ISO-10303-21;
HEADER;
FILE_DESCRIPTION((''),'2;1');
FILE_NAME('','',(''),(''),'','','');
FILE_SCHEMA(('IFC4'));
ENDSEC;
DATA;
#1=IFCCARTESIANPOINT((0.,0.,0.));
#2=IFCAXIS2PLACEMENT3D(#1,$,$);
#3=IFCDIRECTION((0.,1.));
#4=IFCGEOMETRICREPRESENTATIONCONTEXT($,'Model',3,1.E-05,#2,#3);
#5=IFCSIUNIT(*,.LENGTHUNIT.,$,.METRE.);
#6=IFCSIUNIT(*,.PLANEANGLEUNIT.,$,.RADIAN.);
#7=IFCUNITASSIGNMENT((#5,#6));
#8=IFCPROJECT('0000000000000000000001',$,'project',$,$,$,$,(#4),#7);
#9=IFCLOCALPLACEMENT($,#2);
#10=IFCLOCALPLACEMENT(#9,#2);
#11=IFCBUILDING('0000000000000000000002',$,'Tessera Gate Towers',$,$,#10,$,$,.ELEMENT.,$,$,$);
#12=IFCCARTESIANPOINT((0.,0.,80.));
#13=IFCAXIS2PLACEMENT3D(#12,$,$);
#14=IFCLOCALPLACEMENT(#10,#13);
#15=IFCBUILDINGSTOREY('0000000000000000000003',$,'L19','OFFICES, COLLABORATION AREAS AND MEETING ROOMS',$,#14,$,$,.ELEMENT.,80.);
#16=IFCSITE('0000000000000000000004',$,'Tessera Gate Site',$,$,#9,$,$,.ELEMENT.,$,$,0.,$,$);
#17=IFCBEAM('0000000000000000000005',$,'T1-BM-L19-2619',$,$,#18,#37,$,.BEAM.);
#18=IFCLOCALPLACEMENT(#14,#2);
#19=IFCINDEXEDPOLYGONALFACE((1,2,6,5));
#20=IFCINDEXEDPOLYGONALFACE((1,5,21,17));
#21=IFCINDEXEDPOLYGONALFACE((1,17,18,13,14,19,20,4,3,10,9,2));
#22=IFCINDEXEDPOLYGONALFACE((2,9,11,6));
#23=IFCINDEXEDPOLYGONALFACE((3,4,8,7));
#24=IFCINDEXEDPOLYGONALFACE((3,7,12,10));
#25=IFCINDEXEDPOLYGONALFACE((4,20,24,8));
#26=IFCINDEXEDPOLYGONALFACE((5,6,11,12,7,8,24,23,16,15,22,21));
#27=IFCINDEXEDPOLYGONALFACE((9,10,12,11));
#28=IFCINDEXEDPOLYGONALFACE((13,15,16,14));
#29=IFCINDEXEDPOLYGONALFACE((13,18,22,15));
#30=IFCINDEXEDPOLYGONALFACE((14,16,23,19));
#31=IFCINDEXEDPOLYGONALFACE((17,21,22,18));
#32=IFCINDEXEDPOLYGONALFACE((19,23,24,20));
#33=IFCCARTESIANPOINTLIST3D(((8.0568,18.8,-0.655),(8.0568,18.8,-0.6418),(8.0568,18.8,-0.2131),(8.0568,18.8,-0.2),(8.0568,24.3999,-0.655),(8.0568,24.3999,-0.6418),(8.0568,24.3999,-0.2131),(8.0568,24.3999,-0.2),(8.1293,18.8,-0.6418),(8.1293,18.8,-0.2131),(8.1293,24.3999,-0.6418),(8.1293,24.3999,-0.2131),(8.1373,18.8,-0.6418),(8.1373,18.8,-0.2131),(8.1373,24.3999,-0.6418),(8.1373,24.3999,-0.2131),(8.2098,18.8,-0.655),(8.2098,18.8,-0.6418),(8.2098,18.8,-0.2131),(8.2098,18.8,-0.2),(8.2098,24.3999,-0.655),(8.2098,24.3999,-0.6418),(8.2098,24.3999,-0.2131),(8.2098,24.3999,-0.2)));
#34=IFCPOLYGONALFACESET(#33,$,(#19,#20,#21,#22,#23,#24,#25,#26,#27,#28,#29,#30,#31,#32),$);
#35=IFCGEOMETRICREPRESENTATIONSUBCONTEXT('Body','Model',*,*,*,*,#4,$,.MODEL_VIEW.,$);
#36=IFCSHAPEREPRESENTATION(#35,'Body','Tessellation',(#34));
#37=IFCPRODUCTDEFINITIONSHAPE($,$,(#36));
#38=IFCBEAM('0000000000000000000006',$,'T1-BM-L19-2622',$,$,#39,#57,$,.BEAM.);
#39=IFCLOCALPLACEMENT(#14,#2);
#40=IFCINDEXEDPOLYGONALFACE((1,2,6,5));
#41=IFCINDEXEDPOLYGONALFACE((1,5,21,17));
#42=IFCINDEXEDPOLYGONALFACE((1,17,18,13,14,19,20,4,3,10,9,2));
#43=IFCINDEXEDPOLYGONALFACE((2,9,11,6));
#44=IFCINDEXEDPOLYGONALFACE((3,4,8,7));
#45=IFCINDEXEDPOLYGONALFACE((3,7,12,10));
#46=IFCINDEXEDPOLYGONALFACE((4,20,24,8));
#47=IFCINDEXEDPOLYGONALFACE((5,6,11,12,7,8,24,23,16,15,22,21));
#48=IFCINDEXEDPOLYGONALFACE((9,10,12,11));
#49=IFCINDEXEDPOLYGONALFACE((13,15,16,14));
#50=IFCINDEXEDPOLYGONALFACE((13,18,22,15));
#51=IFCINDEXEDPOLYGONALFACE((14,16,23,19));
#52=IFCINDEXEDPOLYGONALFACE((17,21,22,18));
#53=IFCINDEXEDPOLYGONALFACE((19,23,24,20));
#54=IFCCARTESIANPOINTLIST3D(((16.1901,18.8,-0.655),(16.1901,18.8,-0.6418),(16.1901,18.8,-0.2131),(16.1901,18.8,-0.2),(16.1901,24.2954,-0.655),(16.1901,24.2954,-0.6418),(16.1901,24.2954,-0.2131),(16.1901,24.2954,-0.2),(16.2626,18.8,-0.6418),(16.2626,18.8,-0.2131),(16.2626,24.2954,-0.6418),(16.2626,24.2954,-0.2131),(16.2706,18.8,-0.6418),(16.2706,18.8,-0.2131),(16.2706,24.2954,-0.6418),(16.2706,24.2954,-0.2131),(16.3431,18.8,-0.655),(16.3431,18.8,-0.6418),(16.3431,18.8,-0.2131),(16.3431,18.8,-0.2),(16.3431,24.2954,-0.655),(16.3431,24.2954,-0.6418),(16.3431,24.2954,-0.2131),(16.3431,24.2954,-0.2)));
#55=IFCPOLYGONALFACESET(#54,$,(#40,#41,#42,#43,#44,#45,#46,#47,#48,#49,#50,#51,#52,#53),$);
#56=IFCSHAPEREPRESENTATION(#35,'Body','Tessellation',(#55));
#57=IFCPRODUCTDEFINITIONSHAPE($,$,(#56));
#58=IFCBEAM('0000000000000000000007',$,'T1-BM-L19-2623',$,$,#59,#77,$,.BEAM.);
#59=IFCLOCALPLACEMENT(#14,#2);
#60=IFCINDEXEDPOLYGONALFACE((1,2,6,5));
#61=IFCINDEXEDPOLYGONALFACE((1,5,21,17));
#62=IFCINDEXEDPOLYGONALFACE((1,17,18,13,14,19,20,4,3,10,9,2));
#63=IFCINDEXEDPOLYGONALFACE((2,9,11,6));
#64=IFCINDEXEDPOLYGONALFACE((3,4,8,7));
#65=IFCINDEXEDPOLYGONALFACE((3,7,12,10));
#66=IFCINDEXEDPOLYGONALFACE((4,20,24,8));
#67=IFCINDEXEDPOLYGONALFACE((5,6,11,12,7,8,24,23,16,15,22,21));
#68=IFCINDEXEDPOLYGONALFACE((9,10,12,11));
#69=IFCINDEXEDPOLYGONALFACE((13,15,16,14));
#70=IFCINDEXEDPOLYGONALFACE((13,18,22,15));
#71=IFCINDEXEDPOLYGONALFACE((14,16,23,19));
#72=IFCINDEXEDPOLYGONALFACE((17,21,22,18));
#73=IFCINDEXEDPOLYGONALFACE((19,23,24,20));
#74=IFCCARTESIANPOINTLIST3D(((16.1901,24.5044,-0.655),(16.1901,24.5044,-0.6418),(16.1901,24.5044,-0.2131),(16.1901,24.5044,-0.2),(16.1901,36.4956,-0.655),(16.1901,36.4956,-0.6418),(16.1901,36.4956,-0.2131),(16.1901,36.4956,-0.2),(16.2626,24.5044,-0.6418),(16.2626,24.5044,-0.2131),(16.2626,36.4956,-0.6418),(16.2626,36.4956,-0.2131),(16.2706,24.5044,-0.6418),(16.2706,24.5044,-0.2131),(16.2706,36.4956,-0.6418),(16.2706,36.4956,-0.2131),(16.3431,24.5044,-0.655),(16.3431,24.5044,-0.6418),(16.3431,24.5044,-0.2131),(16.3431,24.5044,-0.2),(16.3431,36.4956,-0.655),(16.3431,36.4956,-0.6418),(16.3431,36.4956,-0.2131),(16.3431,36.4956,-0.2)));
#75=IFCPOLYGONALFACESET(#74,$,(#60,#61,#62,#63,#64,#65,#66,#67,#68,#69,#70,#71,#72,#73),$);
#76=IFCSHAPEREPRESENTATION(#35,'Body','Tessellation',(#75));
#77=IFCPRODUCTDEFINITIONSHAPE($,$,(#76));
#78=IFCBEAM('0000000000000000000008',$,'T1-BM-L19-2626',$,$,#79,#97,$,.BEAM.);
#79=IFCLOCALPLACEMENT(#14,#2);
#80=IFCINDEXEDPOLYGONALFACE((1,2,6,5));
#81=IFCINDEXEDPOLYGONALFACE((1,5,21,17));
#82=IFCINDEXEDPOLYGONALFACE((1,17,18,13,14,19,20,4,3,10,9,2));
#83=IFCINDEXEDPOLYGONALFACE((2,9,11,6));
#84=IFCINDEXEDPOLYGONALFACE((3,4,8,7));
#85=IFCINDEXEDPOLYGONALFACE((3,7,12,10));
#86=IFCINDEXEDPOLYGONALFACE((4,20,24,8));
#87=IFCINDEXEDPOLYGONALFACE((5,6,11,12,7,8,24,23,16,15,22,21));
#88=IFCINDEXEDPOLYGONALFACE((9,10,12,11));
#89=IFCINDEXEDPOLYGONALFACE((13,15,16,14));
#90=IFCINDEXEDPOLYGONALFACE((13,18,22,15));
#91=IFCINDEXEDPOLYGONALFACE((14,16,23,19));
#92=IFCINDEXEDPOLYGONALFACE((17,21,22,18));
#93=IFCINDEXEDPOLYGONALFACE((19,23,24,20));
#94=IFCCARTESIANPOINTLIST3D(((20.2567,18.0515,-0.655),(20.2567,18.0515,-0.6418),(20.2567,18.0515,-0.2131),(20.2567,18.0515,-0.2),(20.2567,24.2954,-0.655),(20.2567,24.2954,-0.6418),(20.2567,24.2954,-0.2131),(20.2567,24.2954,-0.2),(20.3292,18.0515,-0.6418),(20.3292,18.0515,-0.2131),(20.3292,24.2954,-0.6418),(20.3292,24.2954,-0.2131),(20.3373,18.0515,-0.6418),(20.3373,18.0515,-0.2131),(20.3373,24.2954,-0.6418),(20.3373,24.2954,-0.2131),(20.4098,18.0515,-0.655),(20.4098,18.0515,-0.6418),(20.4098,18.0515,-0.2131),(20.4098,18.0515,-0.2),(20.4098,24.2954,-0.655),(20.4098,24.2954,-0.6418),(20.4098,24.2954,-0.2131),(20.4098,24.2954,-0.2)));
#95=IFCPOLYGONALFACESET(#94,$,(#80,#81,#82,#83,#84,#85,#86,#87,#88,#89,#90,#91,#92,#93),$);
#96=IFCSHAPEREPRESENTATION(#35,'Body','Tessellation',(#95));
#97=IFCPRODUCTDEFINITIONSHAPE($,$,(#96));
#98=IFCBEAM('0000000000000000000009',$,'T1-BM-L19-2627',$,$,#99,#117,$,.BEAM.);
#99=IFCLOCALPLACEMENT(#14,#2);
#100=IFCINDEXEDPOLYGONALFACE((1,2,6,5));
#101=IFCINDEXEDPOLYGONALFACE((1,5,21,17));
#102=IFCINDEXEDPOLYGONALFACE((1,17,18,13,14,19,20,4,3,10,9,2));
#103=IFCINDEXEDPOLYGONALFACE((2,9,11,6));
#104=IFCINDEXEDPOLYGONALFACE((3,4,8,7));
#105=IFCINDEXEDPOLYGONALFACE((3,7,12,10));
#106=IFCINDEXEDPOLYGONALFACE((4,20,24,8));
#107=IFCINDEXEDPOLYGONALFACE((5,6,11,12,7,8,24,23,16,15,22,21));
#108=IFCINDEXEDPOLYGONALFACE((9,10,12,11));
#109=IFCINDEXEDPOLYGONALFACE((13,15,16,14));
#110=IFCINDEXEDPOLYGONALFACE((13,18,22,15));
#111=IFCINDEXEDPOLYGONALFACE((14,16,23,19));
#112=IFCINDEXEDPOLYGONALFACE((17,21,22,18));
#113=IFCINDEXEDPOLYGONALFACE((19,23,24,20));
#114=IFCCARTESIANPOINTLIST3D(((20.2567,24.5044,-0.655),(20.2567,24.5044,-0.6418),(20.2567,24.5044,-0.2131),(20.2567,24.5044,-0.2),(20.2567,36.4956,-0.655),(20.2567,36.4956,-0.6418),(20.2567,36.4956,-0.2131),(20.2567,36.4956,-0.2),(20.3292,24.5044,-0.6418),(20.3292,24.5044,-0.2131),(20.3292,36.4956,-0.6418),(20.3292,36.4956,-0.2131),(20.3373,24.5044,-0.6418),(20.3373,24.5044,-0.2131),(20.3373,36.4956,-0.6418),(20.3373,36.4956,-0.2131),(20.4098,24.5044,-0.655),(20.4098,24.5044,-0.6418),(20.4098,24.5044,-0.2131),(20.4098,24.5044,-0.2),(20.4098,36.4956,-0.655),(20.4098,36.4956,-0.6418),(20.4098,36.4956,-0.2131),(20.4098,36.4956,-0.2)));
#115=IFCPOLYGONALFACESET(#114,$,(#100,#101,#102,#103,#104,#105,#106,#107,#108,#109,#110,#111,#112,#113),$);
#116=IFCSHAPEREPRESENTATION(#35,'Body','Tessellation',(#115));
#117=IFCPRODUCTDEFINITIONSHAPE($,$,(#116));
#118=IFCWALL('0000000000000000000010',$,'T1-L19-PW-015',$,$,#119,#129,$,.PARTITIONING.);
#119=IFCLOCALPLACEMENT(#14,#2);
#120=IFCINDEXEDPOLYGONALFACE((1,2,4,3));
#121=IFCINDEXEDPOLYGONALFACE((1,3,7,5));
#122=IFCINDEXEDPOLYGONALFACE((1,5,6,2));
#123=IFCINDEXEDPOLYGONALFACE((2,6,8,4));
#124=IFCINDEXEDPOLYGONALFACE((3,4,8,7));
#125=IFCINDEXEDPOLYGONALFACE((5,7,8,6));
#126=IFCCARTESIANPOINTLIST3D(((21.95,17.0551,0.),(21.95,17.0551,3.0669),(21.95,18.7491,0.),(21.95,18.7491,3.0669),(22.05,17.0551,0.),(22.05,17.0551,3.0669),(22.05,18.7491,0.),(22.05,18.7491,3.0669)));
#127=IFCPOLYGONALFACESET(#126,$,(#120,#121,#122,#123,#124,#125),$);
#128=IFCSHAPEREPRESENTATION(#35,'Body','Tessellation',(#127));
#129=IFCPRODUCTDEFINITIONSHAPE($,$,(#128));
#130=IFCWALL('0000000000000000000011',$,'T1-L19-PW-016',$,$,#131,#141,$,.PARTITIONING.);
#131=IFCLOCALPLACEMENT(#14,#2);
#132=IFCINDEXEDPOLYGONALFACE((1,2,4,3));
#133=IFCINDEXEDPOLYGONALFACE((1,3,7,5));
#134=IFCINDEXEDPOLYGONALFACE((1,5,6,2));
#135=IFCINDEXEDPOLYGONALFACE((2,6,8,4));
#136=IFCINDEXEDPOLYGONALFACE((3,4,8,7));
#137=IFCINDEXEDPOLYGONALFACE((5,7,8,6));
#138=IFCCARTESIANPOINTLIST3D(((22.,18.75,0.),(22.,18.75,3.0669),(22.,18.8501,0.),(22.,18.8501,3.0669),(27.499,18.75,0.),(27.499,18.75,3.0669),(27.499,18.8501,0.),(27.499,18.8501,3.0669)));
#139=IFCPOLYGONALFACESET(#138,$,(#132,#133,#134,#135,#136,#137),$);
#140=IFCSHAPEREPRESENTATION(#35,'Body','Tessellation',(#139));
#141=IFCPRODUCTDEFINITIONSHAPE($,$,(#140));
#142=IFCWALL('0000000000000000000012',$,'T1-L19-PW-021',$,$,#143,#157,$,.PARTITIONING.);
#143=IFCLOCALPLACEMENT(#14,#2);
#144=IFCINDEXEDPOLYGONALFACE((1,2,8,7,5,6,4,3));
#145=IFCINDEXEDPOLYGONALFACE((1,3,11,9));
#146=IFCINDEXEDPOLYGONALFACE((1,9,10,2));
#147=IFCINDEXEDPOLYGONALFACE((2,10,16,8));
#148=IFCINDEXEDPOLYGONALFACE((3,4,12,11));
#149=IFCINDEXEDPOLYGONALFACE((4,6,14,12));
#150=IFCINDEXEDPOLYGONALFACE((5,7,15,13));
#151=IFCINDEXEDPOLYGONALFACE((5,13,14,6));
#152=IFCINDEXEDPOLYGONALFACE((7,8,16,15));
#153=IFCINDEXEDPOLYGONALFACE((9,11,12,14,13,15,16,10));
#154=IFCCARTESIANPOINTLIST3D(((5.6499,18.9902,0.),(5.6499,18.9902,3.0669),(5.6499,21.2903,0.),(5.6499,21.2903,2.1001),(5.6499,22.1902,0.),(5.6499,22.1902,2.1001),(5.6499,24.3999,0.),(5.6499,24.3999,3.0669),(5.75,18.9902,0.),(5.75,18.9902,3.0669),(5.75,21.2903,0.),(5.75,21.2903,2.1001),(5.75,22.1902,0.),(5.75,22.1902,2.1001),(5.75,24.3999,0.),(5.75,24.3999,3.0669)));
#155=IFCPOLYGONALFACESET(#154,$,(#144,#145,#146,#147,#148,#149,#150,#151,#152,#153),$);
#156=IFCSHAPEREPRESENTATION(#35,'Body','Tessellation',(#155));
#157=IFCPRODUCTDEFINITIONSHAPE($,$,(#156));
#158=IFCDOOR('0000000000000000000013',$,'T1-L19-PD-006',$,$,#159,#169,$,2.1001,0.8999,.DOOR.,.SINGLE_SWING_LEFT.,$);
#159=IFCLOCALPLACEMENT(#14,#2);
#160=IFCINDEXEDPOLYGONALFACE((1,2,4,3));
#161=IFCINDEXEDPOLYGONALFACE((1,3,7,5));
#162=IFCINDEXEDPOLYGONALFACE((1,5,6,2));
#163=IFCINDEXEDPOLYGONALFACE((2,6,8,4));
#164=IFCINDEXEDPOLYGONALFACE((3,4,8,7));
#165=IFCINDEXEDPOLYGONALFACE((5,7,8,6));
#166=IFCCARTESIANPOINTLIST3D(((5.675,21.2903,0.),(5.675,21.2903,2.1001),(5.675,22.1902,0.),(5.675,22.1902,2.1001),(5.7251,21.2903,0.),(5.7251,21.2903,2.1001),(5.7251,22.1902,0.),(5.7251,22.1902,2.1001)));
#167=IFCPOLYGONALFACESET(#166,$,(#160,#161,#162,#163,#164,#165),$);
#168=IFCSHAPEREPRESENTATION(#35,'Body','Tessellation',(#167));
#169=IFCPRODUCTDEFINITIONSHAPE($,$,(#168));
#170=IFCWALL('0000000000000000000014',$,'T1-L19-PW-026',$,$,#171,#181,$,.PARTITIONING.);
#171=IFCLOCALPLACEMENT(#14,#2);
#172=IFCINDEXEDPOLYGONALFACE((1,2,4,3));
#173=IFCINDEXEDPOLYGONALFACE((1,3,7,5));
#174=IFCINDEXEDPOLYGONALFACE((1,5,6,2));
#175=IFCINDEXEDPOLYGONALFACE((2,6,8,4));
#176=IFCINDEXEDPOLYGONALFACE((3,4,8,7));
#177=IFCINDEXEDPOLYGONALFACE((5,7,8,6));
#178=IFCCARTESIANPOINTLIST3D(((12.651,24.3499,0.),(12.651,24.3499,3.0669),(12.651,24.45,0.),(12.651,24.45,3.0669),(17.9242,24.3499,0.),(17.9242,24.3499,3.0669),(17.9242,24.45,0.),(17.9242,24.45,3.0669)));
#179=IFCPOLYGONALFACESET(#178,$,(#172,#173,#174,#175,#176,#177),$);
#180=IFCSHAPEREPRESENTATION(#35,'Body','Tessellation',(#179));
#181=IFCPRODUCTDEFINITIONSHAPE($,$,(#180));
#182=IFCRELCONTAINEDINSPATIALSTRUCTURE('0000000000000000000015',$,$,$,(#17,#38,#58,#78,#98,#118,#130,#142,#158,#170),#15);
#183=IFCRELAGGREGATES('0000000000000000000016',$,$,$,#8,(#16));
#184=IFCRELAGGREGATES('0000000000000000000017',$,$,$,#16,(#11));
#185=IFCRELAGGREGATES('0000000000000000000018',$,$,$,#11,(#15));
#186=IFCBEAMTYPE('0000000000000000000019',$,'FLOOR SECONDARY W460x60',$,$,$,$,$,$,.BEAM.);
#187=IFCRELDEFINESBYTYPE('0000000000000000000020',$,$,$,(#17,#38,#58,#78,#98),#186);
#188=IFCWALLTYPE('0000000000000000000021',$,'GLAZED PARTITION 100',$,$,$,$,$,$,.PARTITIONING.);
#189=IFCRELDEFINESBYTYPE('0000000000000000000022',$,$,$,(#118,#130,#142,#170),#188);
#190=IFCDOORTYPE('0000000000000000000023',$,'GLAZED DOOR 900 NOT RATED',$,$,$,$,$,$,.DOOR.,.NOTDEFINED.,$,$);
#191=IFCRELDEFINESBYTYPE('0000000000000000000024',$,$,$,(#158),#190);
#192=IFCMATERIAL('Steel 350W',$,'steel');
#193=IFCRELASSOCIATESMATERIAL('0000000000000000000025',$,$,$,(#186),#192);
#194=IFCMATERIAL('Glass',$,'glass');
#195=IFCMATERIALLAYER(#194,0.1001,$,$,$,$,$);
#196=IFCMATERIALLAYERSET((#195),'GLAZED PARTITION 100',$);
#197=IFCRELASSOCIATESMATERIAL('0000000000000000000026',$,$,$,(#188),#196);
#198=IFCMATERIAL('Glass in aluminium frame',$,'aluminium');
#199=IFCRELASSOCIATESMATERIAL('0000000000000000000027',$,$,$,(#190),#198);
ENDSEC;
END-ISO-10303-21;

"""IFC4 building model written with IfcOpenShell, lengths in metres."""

from ifc_helpers import new_model, si_unit, direction, frame, frame_2d, origin, origin_2d, place, context, subcontext, project, spatial, rectangle, i_section, extrude, source, transform, mapped, material, layer, layer_set, material_profile, profile_set, type_object, element, fill, save


model = new_model("IFC4")

# Units and contexts
model_context = context("Model", 3, precision=1e-05, world=origin(), true_north=direction((0.0, 1.0)))
body_context = subcontext(model_context, "Body", "Model", "MODEL_VIEW")
ifc_project = project(units=[si_unit("LENGTHUNIT", "METRE"), si_unit("PLANEANGLEUNIT", "RADIAN")], contexts=[model_context])

# Site, building, storey
site_placement = place(None, origin())
site = spatial("IfcSite", under=ifc_project, at=site_placement, Name="Tessera Gate Site", CompositionType="ELEMENT", RefElevation=0.0)
building_placement = place(site_placement, origin())
building = spatial("IfcBuilding", under=site, at=building_placement, Name="Tessera Gate Towers", CompositionType="ELEMENT")
storey_placement = place(building_placement, frame((0.0, 0.0, 80.0)))
storey = spatial("IfcBuildingStorey", under=building, at=storey_placement, Name="L19", Description="OFFICES, COLLABORATION AREAS AND MEETING ROOMS", CompositionType="ELEMENT", Elevation=80.0)

# Beams
ifc_material_1 = material(Name="Steel 350W", Category="steel")
ifc_material_profile_1 = material_profile(ifc_material_1, i_section(OverallWidth=0.1531, OverallDepth=0.4551, WebThickness=0.0081, FlangeThickness=0.0132, at=origin_2d()), Name="W460x60")
ifc_profile_set_1 = profile_set([ifc_material_profile_1], Name="Steel 350W")
beam_type_1 = type_object("IfcBeamType", Name="FLOOR SECONDARY W460x60", PredefinedType="BEAM", material=ifc_profile_set_1)
beam_1_placement = place(storey_placement, frame((8.1333, 18.8, -0.4275), z_axis=(0.0, 1.0, 0.0), x_axis=(-1.0, 0.0, 0.0)))
element("IfcBeam", 1, at=beam_1_placement, inside=storey, type_object=beam_type_1, Name="T1-BM-L19-2619", PredefinedType="BEAM", context=body_context, shape_type="SweptSolid", body=[
    extrude(i_section(OverallWidth=0.1531, OverallDepth=0.4551, WebThickness=0.0081, FlangeThickness=0.0132, at=origin_2d()), origin(), (0.0, 0.0, 1.0), 5.5999),
])
beam_2_placement = place(storey_placement, frame((16.2666, 18.8, -0.4275), z_axis=(0.0, 1.0, 0.0), x_axis=(-1.0, 0.0, 0.0)))
element("IfcBeam", 2, at=beam_2_placement, inside=storey, type_object=beam_type_1, Name="T1-BM-L19-2622", PredefinedType="BEAM", context=body_context, shape_type="SweptSolid", body=[
    extrude(i_section(OverallWidth=0.1531, OverallDepth=0.4551, WebThickness=0.0081, FlangeThickness=0.0132, at=origin_2d()), origin(), (0.0, 0.0, 1.0), 5.4954),
])
beam_3_placement = place(storey_placement, frame((16.2666, 24.5044, -0.4275), z_axis=(0.0, 1.0, 0.0), x_axis=(-1.0, 0.0, 0.0)))
element("IfcBeam", 3, at=beam_3_placement, inside=storey, type_object=beam_type_1, Name="T1-BM-L19-2623", PredefinedType="BEAM", context=body_context, shape_type="SweptSolid", body=[
    extrude(i_section(OverallWidth=0.1531, OverallDepth=0.4551, WebThickness=0.0081, FlangeThickness=0.0132, at=origin_2d()), origin(), (0.0, 0.0, 1.0), 11.9912),
])
beam_4_placement = place(storey_placement, frame((20.3333, 18.0515, -0.4275), z_axis=(0.0, 1.0, 0.0), x_axis=(-1.0, 0.0, 0.0)))
element("IfcBeam", 4, at=beam_4_placement, inside=storey, type_object=beam_type_1, Name="T1-BM-L19-2626", PredefinedType="BEAM", context=body_context, shape_type="SweptSolid", body=[
    extrude(i_section(OverallWidth=0.1531, OverallDepth=0.4551, WebThickness=0.0081, FlangeThickness=0.0132, at=origin_2d()), origin(), (0.0, 0.0, 1.0), 6.2439),
])
beam_5_placement = place(storey_placement, frame((20.3333, 24.5044, -0.4275), z_axis=(0.0, 1.0, 0.0), x_axis=(-1.0, 0.0, 0.0)))
element("IfcBeam", 5, at=beam_5_placement, inside=storey, type_object=beam_type_1, Name="T1-BM-L19-2627", PredefinedType="BEAM", context=body_context, shape_type="SweptSolid", body=[
    extrude(i_section(OverallWidth=0.1531, OverallDepth=0.4551, WebThickness=0.0081, FlangeThickness=0.0132, at=origin_2d()), origin(), (0.0, 0.0, 1.0), 11.9912),
])

# Walls
ifc_material_2 = material(Name="Glass", Category="glass")
ifc_layer_1 = layer(ifc_material_2, 0.1001)
ifc_layer_set_1 = layer_set([ifc_layer_1], Name="GLAZED PARTITION 100")
wall_type_1 = type_object("IfcWallType", Name="GLAZED PARTITION 100", PredefinedType="PARTITIONING", material=ifc_layer_set_1)
wall_1_placement = place(storey_placement, frame((22.0, 17.0549, 0.0), z_axis=(0.0, 0.0, 1.0), x_axis=(0.0, 1.0, 0.0)))
element("IfcWall", 6, at=wall_1_placement, inside=storey, type_object=wall_type_1, Name="T1-L19-PW-015", PredefinedType="PARTITIONING", context=body_context, shape_type="SweptSolid", body=[
    extrude(rectangle(XDim=1.6941, YDim=0.1001, at=frame_2d((0.8472, 0.0))), origin(), (0.0, 0.0, 1.0), 3.0669),
])
wall_2_placement = place(storey_placement, frame((22.0, 18.8, 0.0), z_axis=(0.0, 0.0, 1.0), x_axis=(1.0, 0.0, 0.0)))
element("IfcWall", 7, at=wall_2_placement, inside=storey, type_object=wall_type_1, Name="T1-L19-PW-016", PredefinedType="PARTITIONING", context=body_context, shape_type="SweptSolid", body=[
    extrude(rectangle(XDim=5.499, YDim=0.1001, at=frame_2d((2.7495, 0.0))), origin(), (0.0, 0.0, 1.0), 3.0669),
])

# Wall, opening, door
wall_3_placement = place(storey_placement, frame((5.7, 18.9902, 0.0), z_axis=(0.0, 0.0, 1.0), x_axis=(0.0, 1.0, 0.0)))
wall_3 = element("IfcWall", 8, at=wall_3_placement, inside=storey, type_object=wall_type_1, Name="T1-L19-PW-021", PredefinedType="PARTITIONING", context=body_context, shape_type="SweptSolid", body=[
    extrude(rectangle(XDim=5.4097, YDim=0.1001, at=frame_2d((2.7048, 0.0))), origin(), (0.0, 0.0, 1.0), 3.0669),
])
shared_shape_1 = source(origin(), body_context, "Body", "SweptSolid", [
    extrude(rectangle(XDim=0.8999, YDim=2.1001, at=frame_2d((0.45, 1.05))), frame((0.0, 0.0601, 0.0), z_axis=(0.0, -1.0, 0.0), x_axis=(1.0, 0.0, 0.0)), (0.0, 0.0, 1.0), 0.1201),
])
opening_1_placement = place(wall_3_placement, frame((2.3, 0.0, 0.0)))
opening_1 = element("IfcOpeningElement", 9, at=opening_1_placement, cuts=wall_3, PredefinedType="OPENING", context=body_context, shape_type="MappedRepresentation", body=[
    mapped(shared_shape_1, transform((0.0, 0.0, 0.0), scale=1.0)),
])
ifc_material_3 = material(Name="Glass in aluminium frame", Category="aluminium")
door_type = type_object("IfcDoorType", Name="GLAZED DOOR 900 NOT RATED", OperationType="NOTDEFINED", PredefinedType="DOOR", material=ifc_material_3)
shared_shape_2 = source(origin(), body_context, "Body", "SweptSolid", [
    extrude(rectangle(XDim=0.8999, YDim=2.1001, at=frame_2d((0.45, 1.05))), frame((0.0, 0.0249, 0.0), z_axis=(0.0, -1.0, 0.0), x_axis=(1.0, 0.0, 0.0)), (0.0, 0.0, 1.0), 0.05),
])
door_1_placement = place(opening_1_placement, origin())
door_1 = element("IfcDoor", 10, at=door_1_placement, inside=storey, type_object=door_type, Name="T1-L19-PD-006", OperationType="SINGLE_SWING_LEFT", OverallHeight=2.1001, OverallWidth=0.8999, PredefinedType="DOOR", context=body_context, shape_type="MappedRepresentation", body=[
    mapped(shared_shape_2, transform((0.0, 0.0, 0.0), scale=1.0)),
])
fill(opening_1, door_1)

# Wall
wall_4_placement = place(storey_placement, frame((12.6509, 24.3999, 0.0), z_axis=(0.0, 0.0, 1.0), x_axis=(1.0, 0.0, 0.0)))
element("IfcWall", 11, at=wall_4_placement, inside=storey, type_object=wall_type_1, Name="T1-L19-PW-026", PredefinedType="PARTITIONING", context=body_context, shape_type="SweptSolid", body=[
    extrude(rectangle(XDim=5.2732, YDim=0.1001, at=frame_2d((2.6367, 0.0))), origin(), (0.0, 0.0, 1.0), 3.0669),
])

save(model, "model.ifc")
